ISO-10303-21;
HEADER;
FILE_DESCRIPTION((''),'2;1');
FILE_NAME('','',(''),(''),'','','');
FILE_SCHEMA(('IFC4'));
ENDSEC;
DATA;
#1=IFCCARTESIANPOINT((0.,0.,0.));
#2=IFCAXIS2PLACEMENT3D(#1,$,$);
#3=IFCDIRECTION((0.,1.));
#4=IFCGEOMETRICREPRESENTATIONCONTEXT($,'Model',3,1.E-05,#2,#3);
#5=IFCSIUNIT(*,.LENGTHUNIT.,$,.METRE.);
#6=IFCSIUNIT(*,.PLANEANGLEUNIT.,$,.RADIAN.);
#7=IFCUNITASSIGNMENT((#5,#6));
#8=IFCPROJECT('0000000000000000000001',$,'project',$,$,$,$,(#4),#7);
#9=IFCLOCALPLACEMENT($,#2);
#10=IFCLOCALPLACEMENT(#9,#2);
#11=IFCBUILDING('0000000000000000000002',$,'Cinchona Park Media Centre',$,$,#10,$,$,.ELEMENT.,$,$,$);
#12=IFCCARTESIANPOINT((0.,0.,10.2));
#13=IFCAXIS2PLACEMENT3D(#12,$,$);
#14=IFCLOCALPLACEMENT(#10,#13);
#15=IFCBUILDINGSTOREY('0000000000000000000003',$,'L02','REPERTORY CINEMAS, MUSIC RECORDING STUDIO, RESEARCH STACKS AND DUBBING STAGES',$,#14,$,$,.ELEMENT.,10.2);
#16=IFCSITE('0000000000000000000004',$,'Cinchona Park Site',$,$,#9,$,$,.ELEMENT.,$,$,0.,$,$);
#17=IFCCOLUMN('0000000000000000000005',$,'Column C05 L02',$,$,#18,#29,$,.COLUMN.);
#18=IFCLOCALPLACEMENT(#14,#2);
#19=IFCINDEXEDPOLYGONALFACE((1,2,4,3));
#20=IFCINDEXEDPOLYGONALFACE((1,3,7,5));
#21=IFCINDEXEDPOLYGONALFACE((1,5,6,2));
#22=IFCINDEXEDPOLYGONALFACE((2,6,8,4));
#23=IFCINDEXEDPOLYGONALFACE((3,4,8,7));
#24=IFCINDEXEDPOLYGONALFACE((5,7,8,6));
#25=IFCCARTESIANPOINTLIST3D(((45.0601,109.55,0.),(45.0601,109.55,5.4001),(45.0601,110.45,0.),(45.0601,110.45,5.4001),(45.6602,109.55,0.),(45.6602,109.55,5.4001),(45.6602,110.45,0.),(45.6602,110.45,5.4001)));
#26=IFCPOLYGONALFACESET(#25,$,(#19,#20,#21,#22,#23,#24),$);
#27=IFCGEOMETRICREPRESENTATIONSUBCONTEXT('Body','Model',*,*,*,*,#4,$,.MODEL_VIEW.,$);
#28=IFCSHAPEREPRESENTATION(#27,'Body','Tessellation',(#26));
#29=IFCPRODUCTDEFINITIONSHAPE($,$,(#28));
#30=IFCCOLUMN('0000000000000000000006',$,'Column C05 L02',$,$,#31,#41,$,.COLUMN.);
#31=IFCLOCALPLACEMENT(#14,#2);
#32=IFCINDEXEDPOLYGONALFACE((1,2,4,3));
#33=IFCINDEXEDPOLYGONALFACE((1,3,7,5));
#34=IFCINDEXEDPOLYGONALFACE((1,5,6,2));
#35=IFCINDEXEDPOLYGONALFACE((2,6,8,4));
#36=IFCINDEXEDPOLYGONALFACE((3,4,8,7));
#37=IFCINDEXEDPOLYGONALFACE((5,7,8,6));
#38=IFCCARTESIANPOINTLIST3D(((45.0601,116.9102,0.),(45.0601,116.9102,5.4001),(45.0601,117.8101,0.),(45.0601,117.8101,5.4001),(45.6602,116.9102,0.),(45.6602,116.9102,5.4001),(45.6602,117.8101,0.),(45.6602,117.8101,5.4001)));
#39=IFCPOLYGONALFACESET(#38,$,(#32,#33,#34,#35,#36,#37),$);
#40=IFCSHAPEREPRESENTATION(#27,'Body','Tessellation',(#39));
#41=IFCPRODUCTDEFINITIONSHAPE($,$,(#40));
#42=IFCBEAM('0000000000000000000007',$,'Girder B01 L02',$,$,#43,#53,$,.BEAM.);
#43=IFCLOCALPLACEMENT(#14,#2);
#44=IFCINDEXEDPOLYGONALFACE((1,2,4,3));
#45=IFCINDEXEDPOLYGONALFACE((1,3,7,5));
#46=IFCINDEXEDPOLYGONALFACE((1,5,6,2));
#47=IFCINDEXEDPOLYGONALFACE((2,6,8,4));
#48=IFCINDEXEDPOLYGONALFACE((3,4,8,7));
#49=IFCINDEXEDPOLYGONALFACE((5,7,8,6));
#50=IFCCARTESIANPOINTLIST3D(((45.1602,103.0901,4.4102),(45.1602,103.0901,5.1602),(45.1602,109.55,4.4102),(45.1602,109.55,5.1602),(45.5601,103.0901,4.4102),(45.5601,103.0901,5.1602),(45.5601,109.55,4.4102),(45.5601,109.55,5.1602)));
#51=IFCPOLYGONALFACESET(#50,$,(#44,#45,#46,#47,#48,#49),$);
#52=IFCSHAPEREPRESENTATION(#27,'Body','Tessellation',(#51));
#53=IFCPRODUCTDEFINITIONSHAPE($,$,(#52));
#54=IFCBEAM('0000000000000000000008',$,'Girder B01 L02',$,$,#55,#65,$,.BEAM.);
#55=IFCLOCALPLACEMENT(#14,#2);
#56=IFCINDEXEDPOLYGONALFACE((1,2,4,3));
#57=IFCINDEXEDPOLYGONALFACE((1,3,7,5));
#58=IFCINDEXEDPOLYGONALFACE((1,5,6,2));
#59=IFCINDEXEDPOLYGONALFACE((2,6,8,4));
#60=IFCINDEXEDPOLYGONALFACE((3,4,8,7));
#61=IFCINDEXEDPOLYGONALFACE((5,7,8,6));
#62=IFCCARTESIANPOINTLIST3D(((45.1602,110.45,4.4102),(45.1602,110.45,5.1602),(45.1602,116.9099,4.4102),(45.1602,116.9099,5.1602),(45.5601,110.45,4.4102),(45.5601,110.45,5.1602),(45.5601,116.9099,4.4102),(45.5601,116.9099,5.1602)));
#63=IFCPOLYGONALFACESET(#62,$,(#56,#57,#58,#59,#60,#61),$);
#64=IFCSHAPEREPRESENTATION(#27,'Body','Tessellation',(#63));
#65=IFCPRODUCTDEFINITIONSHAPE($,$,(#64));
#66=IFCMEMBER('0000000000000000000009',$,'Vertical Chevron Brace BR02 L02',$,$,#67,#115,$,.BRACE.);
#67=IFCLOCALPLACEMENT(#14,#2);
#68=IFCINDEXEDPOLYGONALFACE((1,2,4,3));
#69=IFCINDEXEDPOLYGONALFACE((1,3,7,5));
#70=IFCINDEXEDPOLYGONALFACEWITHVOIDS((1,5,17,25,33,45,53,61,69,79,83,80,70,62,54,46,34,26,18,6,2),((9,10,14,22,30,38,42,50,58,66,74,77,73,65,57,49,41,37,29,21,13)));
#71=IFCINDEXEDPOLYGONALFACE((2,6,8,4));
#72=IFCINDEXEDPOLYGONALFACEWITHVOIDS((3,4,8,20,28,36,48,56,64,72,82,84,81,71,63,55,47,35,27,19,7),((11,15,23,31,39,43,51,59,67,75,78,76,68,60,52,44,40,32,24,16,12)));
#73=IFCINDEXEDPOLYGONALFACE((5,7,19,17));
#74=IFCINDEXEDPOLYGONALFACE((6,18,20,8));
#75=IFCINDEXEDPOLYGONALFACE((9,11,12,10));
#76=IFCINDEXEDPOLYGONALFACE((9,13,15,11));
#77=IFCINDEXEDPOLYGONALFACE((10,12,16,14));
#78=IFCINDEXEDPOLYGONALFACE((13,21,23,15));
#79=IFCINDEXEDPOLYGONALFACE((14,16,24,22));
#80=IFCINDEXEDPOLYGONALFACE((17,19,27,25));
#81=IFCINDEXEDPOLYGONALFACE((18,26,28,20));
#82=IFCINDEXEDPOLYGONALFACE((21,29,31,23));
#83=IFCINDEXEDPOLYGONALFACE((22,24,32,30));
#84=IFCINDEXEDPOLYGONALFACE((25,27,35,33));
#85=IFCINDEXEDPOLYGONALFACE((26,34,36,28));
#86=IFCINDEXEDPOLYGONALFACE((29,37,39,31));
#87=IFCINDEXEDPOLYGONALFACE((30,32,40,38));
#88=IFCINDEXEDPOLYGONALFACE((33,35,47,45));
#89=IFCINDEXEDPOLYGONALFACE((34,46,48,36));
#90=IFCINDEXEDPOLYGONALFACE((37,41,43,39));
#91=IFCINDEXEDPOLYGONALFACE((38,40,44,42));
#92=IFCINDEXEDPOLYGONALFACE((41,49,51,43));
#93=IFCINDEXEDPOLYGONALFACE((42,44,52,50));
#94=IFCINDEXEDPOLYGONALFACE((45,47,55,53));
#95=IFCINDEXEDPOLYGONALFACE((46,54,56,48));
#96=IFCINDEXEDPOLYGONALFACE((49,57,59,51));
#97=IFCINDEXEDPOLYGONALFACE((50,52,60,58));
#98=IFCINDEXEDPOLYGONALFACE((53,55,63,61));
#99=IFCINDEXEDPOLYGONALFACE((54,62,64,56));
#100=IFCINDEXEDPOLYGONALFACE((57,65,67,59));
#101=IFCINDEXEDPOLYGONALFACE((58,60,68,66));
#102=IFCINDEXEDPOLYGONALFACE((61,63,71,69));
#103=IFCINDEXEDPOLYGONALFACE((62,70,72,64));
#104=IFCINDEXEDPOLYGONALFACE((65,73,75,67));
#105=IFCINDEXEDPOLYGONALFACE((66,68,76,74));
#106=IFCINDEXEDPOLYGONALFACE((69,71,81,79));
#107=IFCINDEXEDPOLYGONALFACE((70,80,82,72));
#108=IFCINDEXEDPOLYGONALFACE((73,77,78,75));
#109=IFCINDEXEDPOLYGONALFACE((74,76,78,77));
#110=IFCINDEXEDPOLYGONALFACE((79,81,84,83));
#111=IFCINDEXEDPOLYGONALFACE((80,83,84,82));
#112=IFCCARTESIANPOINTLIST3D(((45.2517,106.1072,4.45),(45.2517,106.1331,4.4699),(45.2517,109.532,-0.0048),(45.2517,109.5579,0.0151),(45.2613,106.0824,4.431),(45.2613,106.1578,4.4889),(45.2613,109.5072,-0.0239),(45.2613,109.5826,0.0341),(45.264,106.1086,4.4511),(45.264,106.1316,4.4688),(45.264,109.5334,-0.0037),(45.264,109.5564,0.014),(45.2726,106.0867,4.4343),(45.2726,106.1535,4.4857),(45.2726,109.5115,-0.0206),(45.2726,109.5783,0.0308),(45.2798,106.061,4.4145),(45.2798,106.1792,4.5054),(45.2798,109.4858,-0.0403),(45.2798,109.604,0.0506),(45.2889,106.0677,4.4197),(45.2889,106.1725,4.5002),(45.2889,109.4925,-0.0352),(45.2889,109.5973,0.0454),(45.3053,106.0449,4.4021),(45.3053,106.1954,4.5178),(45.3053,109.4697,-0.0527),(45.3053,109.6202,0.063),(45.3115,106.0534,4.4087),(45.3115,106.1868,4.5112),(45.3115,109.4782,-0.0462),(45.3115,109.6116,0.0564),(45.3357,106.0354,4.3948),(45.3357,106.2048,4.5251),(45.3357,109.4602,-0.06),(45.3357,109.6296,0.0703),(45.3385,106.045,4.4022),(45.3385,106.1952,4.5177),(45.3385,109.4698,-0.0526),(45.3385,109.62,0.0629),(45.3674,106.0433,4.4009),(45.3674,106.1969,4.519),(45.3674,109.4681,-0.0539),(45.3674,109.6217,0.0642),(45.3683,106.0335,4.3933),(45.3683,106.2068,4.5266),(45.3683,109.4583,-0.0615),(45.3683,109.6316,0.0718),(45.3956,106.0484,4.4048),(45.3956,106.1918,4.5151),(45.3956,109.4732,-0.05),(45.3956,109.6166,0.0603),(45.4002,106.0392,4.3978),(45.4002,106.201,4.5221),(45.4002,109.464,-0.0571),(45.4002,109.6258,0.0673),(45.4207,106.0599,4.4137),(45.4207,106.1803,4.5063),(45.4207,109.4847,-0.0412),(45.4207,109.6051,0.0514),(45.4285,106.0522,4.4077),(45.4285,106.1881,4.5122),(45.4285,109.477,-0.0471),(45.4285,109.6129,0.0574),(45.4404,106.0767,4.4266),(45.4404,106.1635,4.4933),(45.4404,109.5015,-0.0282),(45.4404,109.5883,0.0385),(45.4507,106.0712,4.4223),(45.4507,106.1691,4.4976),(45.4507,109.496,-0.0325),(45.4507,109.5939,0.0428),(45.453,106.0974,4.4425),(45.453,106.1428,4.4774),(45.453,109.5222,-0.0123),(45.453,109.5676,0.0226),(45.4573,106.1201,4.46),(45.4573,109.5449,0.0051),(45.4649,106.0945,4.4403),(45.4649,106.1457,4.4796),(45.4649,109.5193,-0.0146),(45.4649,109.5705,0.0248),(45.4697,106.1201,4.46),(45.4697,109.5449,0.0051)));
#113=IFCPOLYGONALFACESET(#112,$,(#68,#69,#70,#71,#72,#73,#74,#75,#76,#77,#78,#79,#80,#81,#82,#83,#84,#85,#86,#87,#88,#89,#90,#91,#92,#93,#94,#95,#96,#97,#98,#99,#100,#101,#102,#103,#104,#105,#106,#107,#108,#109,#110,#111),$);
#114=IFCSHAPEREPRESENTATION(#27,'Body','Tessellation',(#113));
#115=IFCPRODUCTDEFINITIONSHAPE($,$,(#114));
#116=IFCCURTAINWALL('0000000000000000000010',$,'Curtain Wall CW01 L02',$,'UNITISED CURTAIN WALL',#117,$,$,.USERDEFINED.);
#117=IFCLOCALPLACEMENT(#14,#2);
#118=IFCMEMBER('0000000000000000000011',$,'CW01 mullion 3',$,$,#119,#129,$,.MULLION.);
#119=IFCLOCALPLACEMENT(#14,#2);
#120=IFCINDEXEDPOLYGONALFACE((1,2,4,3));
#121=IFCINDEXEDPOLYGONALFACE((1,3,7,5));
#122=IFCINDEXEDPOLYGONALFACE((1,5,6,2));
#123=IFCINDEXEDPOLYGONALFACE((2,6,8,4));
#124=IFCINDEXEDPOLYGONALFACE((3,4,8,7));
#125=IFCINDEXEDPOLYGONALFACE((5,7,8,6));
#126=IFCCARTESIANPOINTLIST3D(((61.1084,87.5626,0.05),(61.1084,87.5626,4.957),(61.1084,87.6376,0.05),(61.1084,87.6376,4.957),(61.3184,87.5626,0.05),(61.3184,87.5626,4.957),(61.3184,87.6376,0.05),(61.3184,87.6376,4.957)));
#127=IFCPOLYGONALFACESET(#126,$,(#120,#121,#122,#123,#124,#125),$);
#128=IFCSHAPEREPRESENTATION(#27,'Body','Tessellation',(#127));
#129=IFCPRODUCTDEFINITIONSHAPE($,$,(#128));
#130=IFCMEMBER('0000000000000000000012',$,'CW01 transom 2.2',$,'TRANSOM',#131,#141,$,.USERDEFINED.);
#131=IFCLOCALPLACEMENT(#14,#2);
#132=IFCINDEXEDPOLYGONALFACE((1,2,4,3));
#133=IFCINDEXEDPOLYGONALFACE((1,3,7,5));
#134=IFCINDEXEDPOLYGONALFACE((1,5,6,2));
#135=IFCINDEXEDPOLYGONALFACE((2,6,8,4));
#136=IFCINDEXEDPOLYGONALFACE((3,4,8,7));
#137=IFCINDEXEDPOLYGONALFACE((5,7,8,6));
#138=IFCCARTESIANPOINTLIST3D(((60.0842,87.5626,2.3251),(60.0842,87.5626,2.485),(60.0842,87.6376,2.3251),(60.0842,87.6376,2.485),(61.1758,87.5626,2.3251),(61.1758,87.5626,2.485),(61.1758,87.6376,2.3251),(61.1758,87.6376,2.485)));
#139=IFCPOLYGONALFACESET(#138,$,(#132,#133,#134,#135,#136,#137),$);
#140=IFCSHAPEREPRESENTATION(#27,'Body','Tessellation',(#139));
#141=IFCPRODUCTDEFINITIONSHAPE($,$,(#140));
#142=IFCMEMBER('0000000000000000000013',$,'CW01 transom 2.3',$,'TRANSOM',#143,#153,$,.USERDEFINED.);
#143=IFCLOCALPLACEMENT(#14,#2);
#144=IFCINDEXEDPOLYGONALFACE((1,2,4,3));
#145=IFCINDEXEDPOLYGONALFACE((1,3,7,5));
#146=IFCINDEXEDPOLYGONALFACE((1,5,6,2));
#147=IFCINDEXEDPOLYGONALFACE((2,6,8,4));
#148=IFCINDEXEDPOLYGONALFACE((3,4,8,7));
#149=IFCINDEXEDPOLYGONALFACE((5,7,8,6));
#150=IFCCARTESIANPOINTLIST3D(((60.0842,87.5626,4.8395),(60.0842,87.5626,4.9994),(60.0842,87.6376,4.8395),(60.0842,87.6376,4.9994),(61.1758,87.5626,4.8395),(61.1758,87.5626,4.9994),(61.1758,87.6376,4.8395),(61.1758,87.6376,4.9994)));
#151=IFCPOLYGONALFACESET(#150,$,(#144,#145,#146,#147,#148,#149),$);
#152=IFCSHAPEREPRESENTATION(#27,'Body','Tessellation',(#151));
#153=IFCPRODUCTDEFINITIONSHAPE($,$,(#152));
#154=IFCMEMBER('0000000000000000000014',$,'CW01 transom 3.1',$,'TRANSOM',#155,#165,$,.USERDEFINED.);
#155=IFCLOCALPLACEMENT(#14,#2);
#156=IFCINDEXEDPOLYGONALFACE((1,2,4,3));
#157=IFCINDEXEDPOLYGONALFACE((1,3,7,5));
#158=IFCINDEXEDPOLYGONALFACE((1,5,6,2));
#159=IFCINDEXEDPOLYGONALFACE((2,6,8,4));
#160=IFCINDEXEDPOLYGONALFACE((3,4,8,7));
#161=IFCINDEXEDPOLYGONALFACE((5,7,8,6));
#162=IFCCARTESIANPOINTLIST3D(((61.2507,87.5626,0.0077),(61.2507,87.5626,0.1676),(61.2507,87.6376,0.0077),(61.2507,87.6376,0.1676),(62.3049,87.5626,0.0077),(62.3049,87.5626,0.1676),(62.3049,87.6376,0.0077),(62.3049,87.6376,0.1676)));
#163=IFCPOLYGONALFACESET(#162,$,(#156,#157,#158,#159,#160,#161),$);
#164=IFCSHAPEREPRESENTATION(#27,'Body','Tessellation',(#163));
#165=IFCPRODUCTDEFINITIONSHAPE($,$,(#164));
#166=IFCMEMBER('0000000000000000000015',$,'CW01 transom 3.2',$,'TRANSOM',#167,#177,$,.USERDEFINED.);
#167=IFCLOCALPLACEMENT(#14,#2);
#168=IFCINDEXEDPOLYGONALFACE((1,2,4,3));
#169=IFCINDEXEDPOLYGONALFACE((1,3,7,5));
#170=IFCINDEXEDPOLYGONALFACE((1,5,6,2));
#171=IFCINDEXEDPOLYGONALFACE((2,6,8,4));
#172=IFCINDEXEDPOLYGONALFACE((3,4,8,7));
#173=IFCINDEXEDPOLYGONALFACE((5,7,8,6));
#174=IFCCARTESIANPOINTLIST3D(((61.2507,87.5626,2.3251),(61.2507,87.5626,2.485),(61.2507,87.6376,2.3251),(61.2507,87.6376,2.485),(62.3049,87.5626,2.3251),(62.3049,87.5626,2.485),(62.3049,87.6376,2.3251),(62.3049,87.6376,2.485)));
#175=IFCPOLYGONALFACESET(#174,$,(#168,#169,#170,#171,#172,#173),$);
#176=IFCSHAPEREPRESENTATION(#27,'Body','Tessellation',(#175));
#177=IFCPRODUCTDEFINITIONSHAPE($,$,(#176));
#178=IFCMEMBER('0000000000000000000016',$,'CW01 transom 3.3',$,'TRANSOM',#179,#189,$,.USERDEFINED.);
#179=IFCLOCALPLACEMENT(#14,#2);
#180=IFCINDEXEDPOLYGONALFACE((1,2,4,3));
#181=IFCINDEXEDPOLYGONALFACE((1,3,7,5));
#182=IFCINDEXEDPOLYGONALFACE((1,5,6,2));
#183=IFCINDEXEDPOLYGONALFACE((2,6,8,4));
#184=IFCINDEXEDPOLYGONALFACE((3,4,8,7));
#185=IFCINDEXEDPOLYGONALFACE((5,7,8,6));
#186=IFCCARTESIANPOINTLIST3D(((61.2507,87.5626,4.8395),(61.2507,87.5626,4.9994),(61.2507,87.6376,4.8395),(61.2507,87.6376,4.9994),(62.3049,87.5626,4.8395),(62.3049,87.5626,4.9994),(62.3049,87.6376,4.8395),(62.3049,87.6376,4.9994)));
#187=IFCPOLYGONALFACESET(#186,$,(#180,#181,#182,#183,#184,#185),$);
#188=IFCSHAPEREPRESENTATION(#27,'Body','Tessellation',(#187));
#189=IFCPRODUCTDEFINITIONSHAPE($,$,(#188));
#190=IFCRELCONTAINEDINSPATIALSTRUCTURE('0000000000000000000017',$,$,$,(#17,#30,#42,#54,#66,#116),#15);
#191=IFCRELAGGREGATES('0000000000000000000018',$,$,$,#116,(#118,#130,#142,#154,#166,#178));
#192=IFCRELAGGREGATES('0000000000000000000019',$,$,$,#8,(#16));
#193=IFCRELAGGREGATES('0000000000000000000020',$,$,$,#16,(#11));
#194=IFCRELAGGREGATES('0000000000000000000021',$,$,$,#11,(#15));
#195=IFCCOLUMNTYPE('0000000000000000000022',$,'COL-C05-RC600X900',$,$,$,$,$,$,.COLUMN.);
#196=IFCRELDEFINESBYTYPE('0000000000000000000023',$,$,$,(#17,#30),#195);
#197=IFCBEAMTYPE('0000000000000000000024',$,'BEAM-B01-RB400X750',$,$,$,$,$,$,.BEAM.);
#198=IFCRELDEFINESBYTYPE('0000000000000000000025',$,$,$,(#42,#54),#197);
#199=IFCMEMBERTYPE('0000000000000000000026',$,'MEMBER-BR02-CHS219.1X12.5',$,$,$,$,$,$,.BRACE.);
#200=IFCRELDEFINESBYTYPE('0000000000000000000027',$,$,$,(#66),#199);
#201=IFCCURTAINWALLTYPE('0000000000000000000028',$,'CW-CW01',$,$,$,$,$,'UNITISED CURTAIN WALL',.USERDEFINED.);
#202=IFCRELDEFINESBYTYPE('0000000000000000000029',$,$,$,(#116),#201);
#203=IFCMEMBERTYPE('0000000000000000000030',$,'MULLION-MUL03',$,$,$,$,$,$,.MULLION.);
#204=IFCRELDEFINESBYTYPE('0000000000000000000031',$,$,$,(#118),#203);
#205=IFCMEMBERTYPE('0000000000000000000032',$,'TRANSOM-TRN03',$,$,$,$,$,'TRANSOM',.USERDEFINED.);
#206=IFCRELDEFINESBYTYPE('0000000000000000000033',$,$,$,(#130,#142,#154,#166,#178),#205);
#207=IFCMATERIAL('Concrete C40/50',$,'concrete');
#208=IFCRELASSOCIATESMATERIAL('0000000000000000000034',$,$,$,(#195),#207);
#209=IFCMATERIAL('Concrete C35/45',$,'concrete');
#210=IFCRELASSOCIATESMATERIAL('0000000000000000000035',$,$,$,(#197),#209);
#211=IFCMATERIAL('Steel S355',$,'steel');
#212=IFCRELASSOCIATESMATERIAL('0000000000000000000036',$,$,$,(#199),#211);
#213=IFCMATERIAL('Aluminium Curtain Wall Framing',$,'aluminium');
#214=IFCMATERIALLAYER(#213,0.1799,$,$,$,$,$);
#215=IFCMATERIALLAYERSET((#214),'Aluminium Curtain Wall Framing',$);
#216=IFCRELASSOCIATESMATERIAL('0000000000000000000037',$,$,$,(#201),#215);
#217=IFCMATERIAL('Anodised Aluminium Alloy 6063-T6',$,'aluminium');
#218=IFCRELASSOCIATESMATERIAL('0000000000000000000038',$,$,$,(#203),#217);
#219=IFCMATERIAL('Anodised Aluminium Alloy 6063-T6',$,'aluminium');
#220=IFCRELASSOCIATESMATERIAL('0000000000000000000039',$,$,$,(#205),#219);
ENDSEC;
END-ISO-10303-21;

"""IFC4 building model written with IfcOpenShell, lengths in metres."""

from ifc_helpers import new_model, si_unit, direction, frame, origin, origin_2d, place, context, subcontext, project, spatial, rectangle, hollow_circle, extrude, material, layer, layer_set, material_profile, profile_set, type_object, element, aggregate, save


model = new_model("IFC4")

# Units and contexts
model_context = context("Model", 3, precision=1e-05, world=origin(), true_north=direction((0.0, 1.0)))
body_context = subcontext(model_context, "Body", "Model", "MODEL_VIEW")
ifc_project = project(units=[si_unit("LENGTHUNIT", "METRE"), si_unit("PLANEANGLEUNIT", "RADIAN")], contexts=[model_context])

# Site, building, storey
site_placement = place(None, origin())
site = spatial("IfcSite", under=ifc_project, at=site_placement, Name="Cinchona Park Site", CompositionType="ELEMENT", RefElevation=0.0)
building_placement = place(site_placement, origin())
building = spatial("IfcBuilding", under=site, at=building_placement, Name="Cinchona Park Media Centre", CompositionType="ELEMENT")
storey_placement = place(building_placement, frame((0.0, 0.0, 10.2)))
storey = spatial("IfcBuildingStorey", under=building, at=storey_placement, Name="L02", Description="REPERTORY CINEMAS, MUSIC RECORDING STUDIO, RESEARCH STACKS AND DUBBING STAGES", CompositionType="ELEMENT", Elevation=10.2)

# Columns
ifc_material_1 = material(Name="Concrete C40/50", Category="concrete")
ifc_material_profile_1 = material_profile(ifc_material_1, rectangle(XDim=0.6001, YDim=0.8999, at=origin_2d()), Name="RC 600X900")
ifc_profile_set_1 = profile_set([ifc_material_profile_1], Name="Concrete C40/50")
column_type = type_object("IfcColumnType", Name="COL-C05-RC600X900", PredefinedType="COLUMN", material=ifc_profile_set_1)
for number, where, z_axis, x_axis, name in (
    (1, (45.3601, 110.0, 0.0), (0.0, 0.0, 1.0), (1.0, 0.0, 0.0), "Column C05 L02"),
    (2, (45.3601, 117.3601, 0.0), (0.0, 0.0, 1.0), (1.0, 0.0, 0.0), "Column C05 L02"),
):
    element("IfcColumn", number, at=place(storey_placement, frame(where, z_axis=z_axis, x_axis=x_axis)), inside=storey, type_object=column_type, Name=name, PredefinedType="COLUMN", context=body_context, shape_type="SweptSolid", body=[
        extrude(rectangle(XDim=0.6001, YDim=0.8999, at=origin_2d()), origin(), (0.0, 0.0, 1.0), 5.4001),
    ])

# Beams
ifc_material_2 = material(Name="Concrete C35/45", Category="concrete")
ifc_material_profile_2 = material_profile(ifc_material_2, rectangle(XDim=0.3999, YDim=0.75, at=origin_2d()), Name="RB 400X750")
ifc_profile_set_2 = profile_set([ifc_material_profile_2], Name="Concrete C35/45")
beam_type = type_object("IfcBeamType", Name="BEAM-B01-RB400X750", PredefinedType="BEAM", material=ifc_profile_set_2)
for number, where, z_axis, x_axis, name in (
    (3, (45.3601, 103.0901, 4.7852), (0.0, 1.0, 0.0), (-1.0, 0.0, 0.0), "Girder B01 L02"),
    (4, (45.3601, 110.45, 4.7852), (0.0, 1.0, 0.0), (-1.0, 0.0, 0.0), "Girder B01 L02"),
):
    element("IfcBeam", number, at=place(storey_placement, frame(where, z_axis=z_axis, x_axis=x_axis)), inside=storey, type_object=beam_type, Name=name, PredefinedType="BEAM", context=body_context, shape_type="SweptSolid", body=[
        extrude(rectangle(XDim=0.3999, YDim=0.75, at=origin_2d()), origin(), (0.0, 0.0, 1.0), 6.46),
    ])

# Member
ifc_material_3 = material(Name="Steel S355", Category="steel")
ifc_material_profile_3 = material_profile(ifc_material_3, hollow_circle(Radius=0.1096, WallThickness=0.0125, at=origin_2d()), Name="219.1X12.5CHS")
ifc_profile_set_3 = profile_set([ifc_material_profile_3], Name="Steel S355")
member_type_1 = type_object("IfcMemberType", Name="MEMBER-BR02-CHS219.1X12.5", PredefinedType="BRACE", material=ifc_profile_set_3)
member_1_placement = place(storey_placement, frame((45.3601, 109.5449, 0.0051), z_axis=(0.0, -0.609488, 0.792795), x_axis=(1.0, 0.0, 0.0)))
element("IfcMember", 5, at=member_1_placement, inside=storey, type_object=member_type_1, Name="Vertical Chevron Brace BR02 L02", PredefinedType="BRACE", context=body_context, shape_type="SweptSolid", body=[
    extrude(hollow_circle(Radius=0.1096, WallThickness=0.0125, at=origin_2d()), origin(), (0.0, 0.0, 1.0), 5.6191),
])

# Curtain wall, members
ifc_material_4 = material(Name="Aluminium Curtain Wall Framing", Category="aluminium")
ifc_layer_1 = layer(ifc_material_4, 0.1799)
ifc_layer_set_1 = layer_set([ifc_layer_1], Name="Aluminium Curtain Wall Framing")
curtain_wall_type = type_object("IfcCurtainWallType", Name="CW-CW01", ElementType="UNITISED CURTAIN WALL", PredefinedType="USERDEFINED", material=ifc_layer_set_1)
curtain_wall_placement = place(storey_placement, origin())
curtain_wall = element("IfcCurtainWall", 6, at=curtain_wall_placement, inside=storey, type_object=curtain_wall_type, Name="Curtain Wall CW01 L02", ObjectType="UNITISED CURTAIN WALL", PredefinedType="USERDEFINED")
ifc_material_5 = material(Name="Anodised Aluminium Alloy 6063-T6", Category="aluminium")
ifc_material_profile_4 = material_profile(ifc_material_5, rectangle(XDim=0.075, YDim=0.21, at=origin_2d()), Name="MUL-75X210")
ifc_profile_set_4 = profile_set([ifc_material_profile_4], Name="Anodised Aluminium Alloy 6063-T6")
member_type_2 = type_object("IfcMemberType", Name="MULLION-MUL03", PredefinedType="MULLION", material=ifc_profile_set_4)
member_2_placement = place(storey_placement, frame((61.2134, 87.6001, 0.05), z_axis=(0.0, 0.0, 1.0), x_axis=(0.0, 1.0, 0.0)))
member_2 = element("IfcMember", 7, at=member_2_placement, type_object=member_type_2, Name="CW01 mullion 3", PredefinedType="MULLION", context=body_context, shape_type="SweptSolid", body=[
    extrude(rectangle(XDim=0.075, YDim=0.21, at=origin_2d()), origin(), (0.0, 0.0, 1.0), 4.907),
])
ifc_material_6 = material(Name="Anodised Aluminium Alloy 6063-T6", Category="aluminium")
ifc_material_profile_5 = material_profile(ifc_material_6, rectangle(XDim=0.075, YDim=0.1599, at=origin_2d()), Name="TRN-75X160")
ifc_profile_set_5 = profile_set([ifc_material_profile_5], Name="Anodised Aluminium Alloy 6063-T6")
member_type_3 = type_object("IfcMemberType", Name="TRANSOM-TRN03", ElementType="TRANSOM", PredefinedType="USERDEFINED", material=ifc_profile_set_5)
member_3_placement = place(storey_placement, frame((60.0842, 87.6001, 2.405), z_axis=(1.0, 0.0, 0.0), x_axis=(0.0, 1.0, 0.0)))
member_3 = element("IfcMember", 8, at=member_3_placement, type_object=member_type_3, Name="CW01 transom 2.2", ObjectType="TRANSOM", PredefinedType="USERDEFINED", context=body_context, shape_type="SweptSolid", body=[
    extrude(rectangle(XDim=0.075, YDim=0.1599, at=origin_2d()), origin(), (0.0, 0.0, 1.0), 1.0916),
])
member_4_placement = place(storey_placement, frame((60.0842, 87.6001, 4.9194), z_axis=(1.0, 0.0, 0.0), x_axis=(0.0, 1.0, 0.0)))
member_4 = element("IfcMember", 9, at=member_4_placement, type_object=member_type_3, Name="CW01 transom 2.3", ObjectType="TRANSOM", PredefinedType="USERDEFINED", context=body_context, shape_type="SweptSolid", body=[
    extrude(rectangle(XDim=0.075, YDim=0.1599, at=origin_2d()), origin(), (0.0, 0.0, 1.0), 1.0916),
])
member_5_placement = place(storey_placement, frame((61.2507, 87.6001, 0.0876), z_axis=(1.0, 0.0, 0.0), x_axis=(0.0, 1.0, 0.0)))
member_5 = element("IfcMember", 10, at=member_5_placement, type_object=member_type_3, Name="CW01 transom 3.1", ObjectType="TRANSOM", PredefinedType="USERDEFINED", context=body_context, shape_type="SweptSolid", body=[
    extrude(rectangle(XDim=0.075, YDim=0.1599, at=origin_2d()), origin(), (0.0, 0.0, 1.0), 1.0542),
])
member_6_placement = place(storey_placement, frame((61.2507, 87.6001, 2.405), z_axis=(1.0, 0.0, 0.0), x_axis=(0.0, 1.0, 0.0)))
member_6 = element("IfcMember", 11, at=member_6_placement, type_object=member_type_3, Name="CW01 transom 3.2", ObjectType="TRANSOM", PredefinedType="USERDEFINED", context=body_context, shape_type="SweptSolid", body=[
    extrude(rectangle(XDim=0.075, YDim=0.1599, at=origin_2d()), origin(), (0.0, 0.0, 1.0), 1.0542),
])
member_7_placement = place(storey_placement, frame((61.2507, 87.6001, 4.9194), z_axis=(1.0, 0.0, 0.0), x_axis=(0.0, 1.0, 0.0)))
member_7 = element("IfcMember", 12, at=member_7_placement, type_object=member_type_3, Name="CW01 transom 3.3", ObjectType="TRANSOM", PredefinedType="USERDEFINED", context=body_context, shape_type="SweptSolid", body=[
    extrude(rectangle(XDim=0.075, YDim=0.1599, at=origin_2d()), origin(), (0.0, 0.0, 1.0), 1.0542),
])
aggregate(curtain_wall, [member_2, member_3, member_4, member_5, member_6, member_7])

save(model, "model.ifc")
